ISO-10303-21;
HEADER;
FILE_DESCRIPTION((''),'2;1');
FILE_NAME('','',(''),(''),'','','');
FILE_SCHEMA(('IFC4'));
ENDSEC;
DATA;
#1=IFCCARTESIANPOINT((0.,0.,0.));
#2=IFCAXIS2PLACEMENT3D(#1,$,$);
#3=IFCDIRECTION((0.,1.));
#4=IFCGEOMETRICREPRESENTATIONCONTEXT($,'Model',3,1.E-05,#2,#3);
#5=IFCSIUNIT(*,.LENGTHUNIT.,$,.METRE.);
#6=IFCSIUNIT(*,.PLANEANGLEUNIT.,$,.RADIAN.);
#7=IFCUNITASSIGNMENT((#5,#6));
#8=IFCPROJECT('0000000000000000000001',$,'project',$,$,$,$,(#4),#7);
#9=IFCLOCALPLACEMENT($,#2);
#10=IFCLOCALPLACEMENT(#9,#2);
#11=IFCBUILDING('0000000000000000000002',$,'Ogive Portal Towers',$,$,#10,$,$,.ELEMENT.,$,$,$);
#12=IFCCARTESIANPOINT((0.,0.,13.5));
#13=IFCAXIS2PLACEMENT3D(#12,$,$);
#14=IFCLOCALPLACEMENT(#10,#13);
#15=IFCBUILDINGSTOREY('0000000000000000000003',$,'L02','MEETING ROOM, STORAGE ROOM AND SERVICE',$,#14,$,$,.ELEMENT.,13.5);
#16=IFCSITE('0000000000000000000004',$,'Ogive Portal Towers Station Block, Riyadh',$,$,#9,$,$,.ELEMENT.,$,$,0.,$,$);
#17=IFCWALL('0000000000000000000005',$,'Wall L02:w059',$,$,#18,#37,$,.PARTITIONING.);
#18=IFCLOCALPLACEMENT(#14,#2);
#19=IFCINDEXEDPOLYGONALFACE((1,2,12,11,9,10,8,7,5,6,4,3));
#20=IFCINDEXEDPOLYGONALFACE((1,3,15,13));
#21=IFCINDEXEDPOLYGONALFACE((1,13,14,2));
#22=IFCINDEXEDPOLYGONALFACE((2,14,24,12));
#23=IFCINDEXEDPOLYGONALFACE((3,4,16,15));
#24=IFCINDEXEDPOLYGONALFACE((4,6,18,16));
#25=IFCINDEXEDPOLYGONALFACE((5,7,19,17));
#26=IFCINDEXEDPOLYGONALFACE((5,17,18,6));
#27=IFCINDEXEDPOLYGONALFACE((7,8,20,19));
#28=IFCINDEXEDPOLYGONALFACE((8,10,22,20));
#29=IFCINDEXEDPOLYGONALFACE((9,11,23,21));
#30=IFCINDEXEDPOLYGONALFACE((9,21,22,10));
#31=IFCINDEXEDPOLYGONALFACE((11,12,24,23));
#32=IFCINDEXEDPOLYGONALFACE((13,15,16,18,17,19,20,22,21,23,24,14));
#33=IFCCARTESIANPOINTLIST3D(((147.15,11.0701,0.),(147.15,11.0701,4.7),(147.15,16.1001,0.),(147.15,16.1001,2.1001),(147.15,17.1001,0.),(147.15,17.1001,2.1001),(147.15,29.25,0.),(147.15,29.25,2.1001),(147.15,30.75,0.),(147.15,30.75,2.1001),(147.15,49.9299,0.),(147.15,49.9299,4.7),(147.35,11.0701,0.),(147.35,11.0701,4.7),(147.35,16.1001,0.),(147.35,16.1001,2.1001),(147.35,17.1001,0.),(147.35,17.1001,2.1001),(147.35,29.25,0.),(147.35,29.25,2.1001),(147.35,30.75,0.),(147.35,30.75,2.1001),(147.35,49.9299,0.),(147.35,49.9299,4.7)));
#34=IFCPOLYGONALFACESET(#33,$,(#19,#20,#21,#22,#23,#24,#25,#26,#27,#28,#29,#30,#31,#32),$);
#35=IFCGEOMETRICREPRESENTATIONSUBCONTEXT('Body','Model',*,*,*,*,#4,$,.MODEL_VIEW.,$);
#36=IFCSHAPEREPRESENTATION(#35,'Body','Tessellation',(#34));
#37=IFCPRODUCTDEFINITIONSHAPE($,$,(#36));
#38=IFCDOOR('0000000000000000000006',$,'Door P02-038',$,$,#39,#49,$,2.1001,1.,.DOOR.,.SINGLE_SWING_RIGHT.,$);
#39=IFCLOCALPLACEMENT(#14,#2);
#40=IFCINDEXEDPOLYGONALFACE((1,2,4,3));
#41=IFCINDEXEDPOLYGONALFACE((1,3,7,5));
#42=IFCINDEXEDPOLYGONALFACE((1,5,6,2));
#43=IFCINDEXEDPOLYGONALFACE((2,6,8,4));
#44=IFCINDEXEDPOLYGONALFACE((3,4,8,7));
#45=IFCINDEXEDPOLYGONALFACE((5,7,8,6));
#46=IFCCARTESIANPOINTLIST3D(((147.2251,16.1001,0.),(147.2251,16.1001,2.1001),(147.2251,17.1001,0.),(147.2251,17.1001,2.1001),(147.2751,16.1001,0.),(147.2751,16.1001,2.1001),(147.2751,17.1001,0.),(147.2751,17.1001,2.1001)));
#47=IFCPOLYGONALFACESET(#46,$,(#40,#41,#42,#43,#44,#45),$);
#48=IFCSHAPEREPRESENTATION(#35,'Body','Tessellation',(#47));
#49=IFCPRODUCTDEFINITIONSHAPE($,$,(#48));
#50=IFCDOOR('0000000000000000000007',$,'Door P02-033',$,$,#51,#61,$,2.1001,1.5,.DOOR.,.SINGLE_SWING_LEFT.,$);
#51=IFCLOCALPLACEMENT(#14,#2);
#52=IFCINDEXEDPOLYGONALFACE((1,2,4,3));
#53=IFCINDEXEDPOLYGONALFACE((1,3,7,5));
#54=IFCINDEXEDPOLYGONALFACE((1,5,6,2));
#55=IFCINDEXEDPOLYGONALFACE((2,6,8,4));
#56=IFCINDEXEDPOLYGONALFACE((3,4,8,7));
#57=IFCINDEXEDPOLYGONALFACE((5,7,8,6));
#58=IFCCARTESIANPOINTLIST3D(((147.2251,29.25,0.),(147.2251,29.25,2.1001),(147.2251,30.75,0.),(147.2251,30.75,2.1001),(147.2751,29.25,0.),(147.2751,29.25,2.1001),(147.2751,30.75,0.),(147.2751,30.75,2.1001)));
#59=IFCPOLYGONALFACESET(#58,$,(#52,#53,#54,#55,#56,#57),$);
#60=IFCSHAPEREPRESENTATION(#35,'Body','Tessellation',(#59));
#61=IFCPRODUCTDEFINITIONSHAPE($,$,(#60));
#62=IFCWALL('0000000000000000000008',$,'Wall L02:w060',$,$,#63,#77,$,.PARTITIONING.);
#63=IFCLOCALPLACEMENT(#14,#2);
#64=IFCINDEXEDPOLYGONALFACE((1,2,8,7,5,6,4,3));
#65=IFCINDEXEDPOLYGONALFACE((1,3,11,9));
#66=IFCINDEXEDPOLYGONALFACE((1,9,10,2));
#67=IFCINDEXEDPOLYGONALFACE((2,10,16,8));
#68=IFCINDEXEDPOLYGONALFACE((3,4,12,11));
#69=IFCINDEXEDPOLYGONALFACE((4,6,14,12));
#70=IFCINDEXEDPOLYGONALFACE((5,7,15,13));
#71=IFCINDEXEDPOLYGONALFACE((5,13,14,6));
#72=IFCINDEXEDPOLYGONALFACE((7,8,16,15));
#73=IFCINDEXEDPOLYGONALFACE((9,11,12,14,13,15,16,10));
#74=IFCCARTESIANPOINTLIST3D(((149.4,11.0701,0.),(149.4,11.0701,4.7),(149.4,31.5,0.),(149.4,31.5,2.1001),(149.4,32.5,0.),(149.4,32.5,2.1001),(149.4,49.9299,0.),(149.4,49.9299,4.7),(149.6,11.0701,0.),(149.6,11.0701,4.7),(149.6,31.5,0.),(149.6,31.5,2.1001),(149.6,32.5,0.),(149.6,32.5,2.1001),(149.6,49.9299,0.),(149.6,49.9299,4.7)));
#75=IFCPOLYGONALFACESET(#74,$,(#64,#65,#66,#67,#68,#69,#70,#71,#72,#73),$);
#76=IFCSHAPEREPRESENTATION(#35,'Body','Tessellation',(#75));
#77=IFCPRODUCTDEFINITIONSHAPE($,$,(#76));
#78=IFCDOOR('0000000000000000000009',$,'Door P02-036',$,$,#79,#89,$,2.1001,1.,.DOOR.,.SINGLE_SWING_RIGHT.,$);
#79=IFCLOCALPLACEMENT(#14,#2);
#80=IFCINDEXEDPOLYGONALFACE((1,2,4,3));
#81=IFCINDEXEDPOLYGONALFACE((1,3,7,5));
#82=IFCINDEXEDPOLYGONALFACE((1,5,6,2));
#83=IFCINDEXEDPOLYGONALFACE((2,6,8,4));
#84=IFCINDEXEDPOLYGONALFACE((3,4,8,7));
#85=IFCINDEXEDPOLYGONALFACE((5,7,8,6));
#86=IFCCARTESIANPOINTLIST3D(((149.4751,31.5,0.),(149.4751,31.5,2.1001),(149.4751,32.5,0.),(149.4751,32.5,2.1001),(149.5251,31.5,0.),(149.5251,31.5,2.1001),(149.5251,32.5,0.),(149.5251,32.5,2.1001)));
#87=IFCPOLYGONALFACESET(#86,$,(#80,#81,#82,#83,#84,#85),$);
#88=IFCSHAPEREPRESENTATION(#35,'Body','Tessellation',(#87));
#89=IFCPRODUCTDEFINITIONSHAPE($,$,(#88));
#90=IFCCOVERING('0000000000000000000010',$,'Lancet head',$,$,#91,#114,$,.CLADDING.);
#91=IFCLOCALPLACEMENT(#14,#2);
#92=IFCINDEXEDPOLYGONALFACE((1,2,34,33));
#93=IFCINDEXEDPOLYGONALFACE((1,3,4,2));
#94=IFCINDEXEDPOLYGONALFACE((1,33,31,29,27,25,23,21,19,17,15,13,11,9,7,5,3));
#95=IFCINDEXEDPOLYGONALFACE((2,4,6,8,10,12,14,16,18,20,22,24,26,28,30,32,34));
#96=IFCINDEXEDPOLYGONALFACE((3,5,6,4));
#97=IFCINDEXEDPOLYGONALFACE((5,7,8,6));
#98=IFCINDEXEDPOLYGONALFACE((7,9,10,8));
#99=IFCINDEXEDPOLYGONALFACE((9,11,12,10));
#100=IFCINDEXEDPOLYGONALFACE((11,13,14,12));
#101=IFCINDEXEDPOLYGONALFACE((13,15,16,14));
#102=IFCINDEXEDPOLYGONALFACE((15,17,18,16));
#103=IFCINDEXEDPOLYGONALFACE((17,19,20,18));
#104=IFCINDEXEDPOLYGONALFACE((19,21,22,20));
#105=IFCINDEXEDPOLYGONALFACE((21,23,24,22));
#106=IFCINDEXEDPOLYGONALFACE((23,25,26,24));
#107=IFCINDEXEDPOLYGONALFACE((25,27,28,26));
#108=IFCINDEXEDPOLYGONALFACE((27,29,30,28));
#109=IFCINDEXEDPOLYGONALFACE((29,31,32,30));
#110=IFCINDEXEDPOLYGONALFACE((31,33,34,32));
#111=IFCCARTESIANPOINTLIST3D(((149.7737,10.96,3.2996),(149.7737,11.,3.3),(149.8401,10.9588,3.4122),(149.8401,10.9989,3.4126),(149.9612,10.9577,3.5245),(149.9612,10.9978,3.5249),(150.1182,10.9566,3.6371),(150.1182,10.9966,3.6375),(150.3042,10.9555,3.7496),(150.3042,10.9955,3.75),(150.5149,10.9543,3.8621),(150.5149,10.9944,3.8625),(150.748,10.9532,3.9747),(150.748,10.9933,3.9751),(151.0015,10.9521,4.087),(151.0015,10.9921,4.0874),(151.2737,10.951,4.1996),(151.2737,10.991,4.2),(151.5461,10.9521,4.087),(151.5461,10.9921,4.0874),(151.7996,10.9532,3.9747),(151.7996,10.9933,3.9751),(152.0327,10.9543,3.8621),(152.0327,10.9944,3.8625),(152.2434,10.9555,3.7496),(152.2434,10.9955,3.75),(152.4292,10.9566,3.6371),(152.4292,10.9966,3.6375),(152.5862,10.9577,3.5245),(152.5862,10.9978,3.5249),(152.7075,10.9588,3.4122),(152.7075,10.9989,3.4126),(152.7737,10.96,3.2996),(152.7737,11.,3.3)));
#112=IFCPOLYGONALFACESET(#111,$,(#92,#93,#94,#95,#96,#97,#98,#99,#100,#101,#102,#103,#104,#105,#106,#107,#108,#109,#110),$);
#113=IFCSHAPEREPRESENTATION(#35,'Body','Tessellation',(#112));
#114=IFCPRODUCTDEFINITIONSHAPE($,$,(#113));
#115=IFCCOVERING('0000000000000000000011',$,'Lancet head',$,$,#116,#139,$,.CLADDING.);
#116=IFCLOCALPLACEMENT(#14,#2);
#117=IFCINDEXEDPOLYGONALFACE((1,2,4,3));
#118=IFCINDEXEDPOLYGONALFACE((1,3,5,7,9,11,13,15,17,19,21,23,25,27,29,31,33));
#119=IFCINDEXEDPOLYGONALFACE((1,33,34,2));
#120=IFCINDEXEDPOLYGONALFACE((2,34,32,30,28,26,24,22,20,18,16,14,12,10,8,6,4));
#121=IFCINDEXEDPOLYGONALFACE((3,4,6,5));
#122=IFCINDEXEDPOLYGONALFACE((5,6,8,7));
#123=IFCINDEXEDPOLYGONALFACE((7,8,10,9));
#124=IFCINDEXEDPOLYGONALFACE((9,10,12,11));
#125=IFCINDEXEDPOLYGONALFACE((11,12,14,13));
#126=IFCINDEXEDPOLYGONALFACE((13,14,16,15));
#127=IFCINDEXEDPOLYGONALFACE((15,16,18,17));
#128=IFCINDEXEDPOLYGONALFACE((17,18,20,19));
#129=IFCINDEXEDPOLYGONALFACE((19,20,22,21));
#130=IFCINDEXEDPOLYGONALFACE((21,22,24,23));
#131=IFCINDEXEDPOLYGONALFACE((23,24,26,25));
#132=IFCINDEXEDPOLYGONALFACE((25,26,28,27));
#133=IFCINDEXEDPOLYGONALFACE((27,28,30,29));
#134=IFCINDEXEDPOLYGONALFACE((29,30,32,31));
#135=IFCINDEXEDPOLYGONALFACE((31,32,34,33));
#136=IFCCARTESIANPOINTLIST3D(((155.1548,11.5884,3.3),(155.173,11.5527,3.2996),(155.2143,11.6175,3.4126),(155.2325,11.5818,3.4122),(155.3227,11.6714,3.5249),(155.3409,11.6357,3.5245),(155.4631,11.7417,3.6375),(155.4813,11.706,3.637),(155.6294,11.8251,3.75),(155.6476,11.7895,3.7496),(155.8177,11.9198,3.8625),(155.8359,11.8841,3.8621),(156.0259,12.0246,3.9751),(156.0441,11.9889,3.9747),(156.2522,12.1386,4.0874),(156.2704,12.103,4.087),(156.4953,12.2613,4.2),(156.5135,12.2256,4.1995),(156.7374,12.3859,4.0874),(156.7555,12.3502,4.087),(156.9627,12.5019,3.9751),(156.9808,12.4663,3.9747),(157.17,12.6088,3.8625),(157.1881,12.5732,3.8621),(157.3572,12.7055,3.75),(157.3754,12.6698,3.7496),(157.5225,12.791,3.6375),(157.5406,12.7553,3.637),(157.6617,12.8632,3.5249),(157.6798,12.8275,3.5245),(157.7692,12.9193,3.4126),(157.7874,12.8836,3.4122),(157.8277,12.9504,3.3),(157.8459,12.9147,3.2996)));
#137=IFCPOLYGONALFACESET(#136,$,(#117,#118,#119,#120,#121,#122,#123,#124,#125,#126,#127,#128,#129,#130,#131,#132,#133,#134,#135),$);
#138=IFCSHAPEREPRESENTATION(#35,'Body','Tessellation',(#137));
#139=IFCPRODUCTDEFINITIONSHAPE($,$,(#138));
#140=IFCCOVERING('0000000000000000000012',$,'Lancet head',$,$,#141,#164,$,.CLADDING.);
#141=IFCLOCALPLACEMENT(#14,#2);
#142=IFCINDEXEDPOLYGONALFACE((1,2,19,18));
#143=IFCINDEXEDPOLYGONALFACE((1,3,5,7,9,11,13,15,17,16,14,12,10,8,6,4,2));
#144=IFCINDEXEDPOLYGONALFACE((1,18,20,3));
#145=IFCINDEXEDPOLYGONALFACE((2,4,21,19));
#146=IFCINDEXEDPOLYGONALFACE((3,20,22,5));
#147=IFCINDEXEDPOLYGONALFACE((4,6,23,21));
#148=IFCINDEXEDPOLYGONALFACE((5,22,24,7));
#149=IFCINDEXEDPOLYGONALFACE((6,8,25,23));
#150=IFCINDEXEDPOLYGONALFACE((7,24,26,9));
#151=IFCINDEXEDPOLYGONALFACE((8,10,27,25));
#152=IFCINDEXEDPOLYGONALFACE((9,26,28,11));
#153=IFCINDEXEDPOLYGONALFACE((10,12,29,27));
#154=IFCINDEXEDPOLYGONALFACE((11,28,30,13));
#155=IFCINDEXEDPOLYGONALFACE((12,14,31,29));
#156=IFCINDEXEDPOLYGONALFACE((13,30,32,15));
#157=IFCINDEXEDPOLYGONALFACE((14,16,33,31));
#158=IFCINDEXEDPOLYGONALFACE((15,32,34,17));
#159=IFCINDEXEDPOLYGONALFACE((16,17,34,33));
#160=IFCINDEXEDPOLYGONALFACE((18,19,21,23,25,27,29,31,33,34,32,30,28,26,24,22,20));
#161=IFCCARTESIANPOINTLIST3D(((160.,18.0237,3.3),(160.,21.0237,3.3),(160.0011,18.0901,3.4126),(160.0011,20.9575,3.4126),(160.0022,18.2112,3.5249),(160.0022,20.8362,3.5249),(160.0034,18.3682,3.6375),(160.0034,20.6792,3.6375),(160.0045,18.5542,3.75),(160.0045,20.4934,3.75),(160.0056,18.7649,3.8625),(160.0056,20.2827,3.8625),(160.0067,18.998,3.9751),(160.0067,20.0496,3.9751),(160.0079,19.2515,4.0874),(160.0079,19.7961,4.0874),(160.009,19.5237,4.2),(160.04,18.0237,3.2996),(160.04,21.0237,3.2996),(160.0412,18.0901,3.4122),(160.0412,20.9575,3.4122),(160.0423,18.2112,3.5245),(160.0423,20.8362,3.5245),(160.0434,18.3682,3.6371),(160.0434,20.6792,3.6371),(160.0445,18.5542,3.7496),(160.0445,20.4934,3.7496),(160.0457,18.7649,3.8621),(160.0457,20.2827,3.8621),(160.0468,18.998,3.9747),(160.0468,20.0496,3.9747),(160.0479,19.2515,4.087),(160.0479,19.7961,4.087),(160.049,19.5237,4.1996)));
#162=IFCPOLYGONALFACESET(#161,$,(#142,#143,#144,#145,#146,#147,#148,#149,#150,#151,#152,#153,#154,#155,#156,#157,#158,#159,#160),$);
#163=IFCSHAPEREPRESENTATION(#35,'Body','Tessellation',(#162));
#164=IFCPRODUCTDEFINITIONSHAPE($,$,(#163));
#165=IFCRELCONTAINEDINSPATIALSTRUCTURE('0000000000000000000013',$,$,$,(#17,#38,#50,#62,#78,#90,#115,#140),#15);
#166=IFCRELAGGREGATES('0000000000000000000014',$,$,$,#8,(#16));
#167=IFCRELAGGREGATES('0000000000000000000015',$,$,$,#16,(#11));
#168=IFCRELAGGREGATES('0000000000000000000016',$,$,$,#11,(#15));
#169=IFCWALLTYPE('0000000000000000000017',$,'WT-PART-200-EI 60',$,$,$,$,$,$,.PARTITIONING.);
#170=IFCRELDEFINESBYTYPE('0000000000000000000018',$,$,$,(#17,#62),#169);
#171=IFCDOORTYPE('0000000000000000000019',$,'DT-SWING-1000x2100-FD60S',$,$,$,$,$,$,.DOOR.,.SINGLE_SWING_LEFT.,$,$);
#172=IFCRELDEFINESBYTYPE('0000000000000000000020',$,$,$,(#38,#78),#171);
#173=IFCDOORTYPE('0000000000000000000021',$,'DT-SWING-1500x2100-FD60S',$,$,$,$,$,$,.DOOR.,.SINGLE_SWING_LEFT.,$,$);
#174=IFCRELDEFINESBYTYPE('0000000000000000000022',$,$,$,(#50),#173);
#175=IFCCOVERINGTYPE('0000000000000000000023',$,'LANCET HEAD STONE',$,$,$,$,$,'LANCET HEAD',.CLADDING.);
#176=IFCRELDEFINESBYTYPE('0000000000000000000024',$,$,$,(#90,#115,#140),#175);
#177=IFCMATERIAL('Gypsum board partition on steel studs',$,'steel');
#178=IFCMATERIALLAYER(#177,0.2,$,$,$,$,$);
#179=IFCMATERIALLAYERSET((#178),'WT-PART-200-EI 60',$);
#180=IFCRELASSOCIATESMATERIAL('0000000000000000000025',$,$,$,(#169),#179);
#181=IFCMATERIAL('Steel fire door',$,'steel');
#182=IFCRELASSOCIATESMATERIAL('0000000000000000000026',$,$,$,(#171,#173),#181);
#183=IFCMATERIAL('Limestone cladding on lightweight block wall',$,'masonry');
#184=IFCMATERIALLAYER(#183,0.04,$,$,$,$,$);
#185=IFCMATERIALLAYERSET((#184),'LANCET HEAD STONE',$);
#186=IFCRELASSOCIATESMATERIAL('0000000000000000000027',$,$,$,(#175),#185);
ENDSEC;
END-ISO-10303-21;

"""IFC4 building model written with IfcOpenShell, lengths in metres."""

from ifc_helpers import new_model, si_unit, direction, frame, frame_2d, origin, place, context, subcontext, project, spatial, polyline, rectangle, outline, extrude, material, layer, layer_set, type_object, element, fill, save


model = new_model("IFC4")

# Units and contexts
model_context = context("Model", 3, precision=1e-05, world=origin(), true_north=direction((0.0, 1.0)))
body_context = subcontext(model_context, "Body", "Model", "MODEL_VIEW")
ifc_project = project(units=[si_unit("LENGTHUNIT", "METRE"), si_unit("PLANEANGLEUNIT", "RADIAN")], contexts=[model_context])

# Site, building, storey
site_placement = place(None, origin())
site = spatial("IfcSite", under=ifc_project, at=site_placement, Name="Ogive Portal Towers Station Block, Riyadh", CompositionType="ELEMENT", RefElevation=0.0)
building_placement = place(site_placement, origin())
building = spatial("IfcBuilding", under=site, at=building_placement, Name="Ogive Portal Towers", CompositionType="ELEMENT")
storey_placement = place(building_placement, frame((0.0, 0.0, 13.5)))
storey = spatial("IfcBuildingStorey", under=building, at=storey_placement, Name="L02", Description="MEETING ROOM, STORAGE ROOM AND SERVICE", CompositionType="ELEMENT", Elevation=13.5)

# Shared definitions
ifc_material_1 = material(Name="Limestone cladding on lightweight block wall", Category="masonry")

# Wall, openings, doors
ifc_material_2 = material(Name="Gypsum board partition on steel studs", Category="steel")
ifc_layer_1 = layer(ifc_material_2, 0.2)
ifc_layer_set_1 = layer_set([ifc_layer_1], Name="WT-PART-200-EI 60")
wall_type_1 = type_object("IfcWallType", Name="WT-PART-200-EI 60", PredefinedType="PARTITIONING", material=ifc_layer_set_1)
wall_1_placement = place(storey_placement, frame((147.25, 11.0701, 0.0), z_axis=(0.0, 0.0, 1.0), x_axis=(0.0, 1.0, 0.0)))
wall_1 = element("IfcWall", 1, at=wall_1_placement, inside=storey, type_object=wall_type_1, Name="Wall L02:w059", PredefinedType="PARTITIONING", context=body_context, shape_type="SweptSolid", body=[
    extrude(rectangle(XDim=38.8599, YDim=0.2, at=frame_2d((19.4299, 0.0))), origin(), (0.0, 0.0, 1.0), 4.7),
])
opening_1_placement = place(wall_1_placement, frame((18.1799, 0.0, 0.0)))
opening_1 = element("IfcOpeningElement", 2, at=opening_1_placement, cuts=wall_1, PredefinedType="OPENING", context=body_context, shape_type="SweptSolid", body=[
    extrude(rectangle(XDim=1.5, YDim=2.1001, at=frame_2d((0.75, 1.05))), frame((0.0, 0.1099, 0.0), z_axis=(0.0, -1.0, 0.0), x_axis=(1.0, 0.0, 0.0)), (0.0, 0.0, 1.0), 0.22),
])
opening_2_placement = place(wall_1_placement, frame((5.03, 0.0, 0.0)))
opening_2 = element("IfcOpeningElement", 3, at=opening_2_placement, cuts=wall_1, PredefinedType="OPENING", context=body_context, shape_type="SweptSolid", body=[
    extrude(rectangle(XDim=1.0, YDim=2.1001, at=frame_2d((0.5, 1.05))), frame((0.0, 0.1099, 0.0), z_axis=(0.0, -1.0, 0.0), x_axis=(1.0, 0.0, 0.0)), (0.0, 0.0, 1.0), 0.22),
])
ifc_material_3 = material(Name="Steel fire door", Category="steel")
door_type_1 = type_object("IfcDoorType", Name="DT-SWING-1000x2100-FD60S", OperationType="SINGLE_SWING_LEFT", PredefinedType="DOOR", material=ifc_material_3)
door_1_placement = place(opening_2_placement, origin())
door_1 = element("IfcDoor", 4, at=door_1_placement, inside=storey, type_object=door_type_1, Name="Door P02-038", OperationType="SINGLE_SWING_RIGHT", OverallHeight=2.1001, OverallWidth=1.0, PredefinedType="DOOR", context=body_context, shape_type="SweptSolid", body=[
    extrude(rectangle(XDim=1.0, YDim=2.1001, at=frame_2d((0.5, 1.05))), frame((0.0, 0.0249, 0.0), z_axis=(0.0, -1.0, 0.0), x_axis=(1.0, 0.0, 0.0)), (0.0, 0.0, 1.0), 0.05),
])
fill(opening_2, door_1)
door_type_2 = type_object("IfcDoorType", Name="DT-SWING-1500x2100-FD60S", OperationType="SINGLE_SWING_LEFT", PredefinedType="DOOR", material=ifc_material_3)
door_2_placement = place(opening_1_placement, origin())
door_2 = element("IfcDoor", 5, at=door_2_placement, inside=storey, type_object=door_type_2, Name="Door P02-033", OperationType="SINGLE_SWING_LEFT", OverallHeight=2.1001, OverallWidth=1.5, PredefinedType="DOOR", context=body_context, shape_type="SweptSolid", body=[
    extrude(rectangle(XDim=1.5, YDim=2.1001, at=frame_2d((0.75, 1.05))), frame((0.0, 0.0249, 0.0), z_axis=(0.0, -1.0, 0.0), x_axis=(1.0, 0.0, 0.0)), (0.0, 0.0, 1.0), 0.05),
])
fill(opening_1, door_2)

# Wall, opening, door
wall_2_placement = place(storey_placement, frame((149.5, 11.0701, 0.0), z_axis=(0.0, 0.0, 1.0), x_axis=(0.0, 1.0, 0.0)))
wall_2 = element("IfcWall", 6, at=wall_2_placement, inside=storey, type_object=wall_type_1, Name="Wall L02:w060", PredefinedType="PARTITIONING", context=body_context, shape_type="SweptSolid", body=[
    extrude(rectangle(XDim=38.8599, YDim=0.2, at=frame_2d((19.4299, 0.0))), origin(), (0.0, 0.0, 1.0), 4.7),
])
opening_3_placement = place(wall_2_placement, frame((20.4299, 0.0, 0.0)))
opening_3 = element("IfcOpeningElement", 7, at=opening_3_placement, cuts=wall_2, PredefinedType="OPENING", context=body_context, shape_type="SweptSolid", body=[
    extrude(rectangle(XDim=1.0, YDim=2.1001, at=frame_2d((0.5, 1.05))), frame((0.0, 0.1099, 0.0), z_axis=(0.0, -1.0, 0.0), x_axis=(1.0, 0.0, 0.0)), (0.0, 0.0, 1.0), 0.22),
])
door_3_placement = place(opening_3_placement, origin())
door_3 = element("IfcDoor", 8, at=door_3_placement, inside=storey, type_object=door_type_1, Name="Door P02-036", OperationType="SINGLE_SWING_RIGHT", OverallHeight=2.1001, OverallWidth=1.0, PredefinedType="DOOR", context=body_context, shape_type="SweptSolid", body=[
    extrude(rectangle(XDim=1.0, YDim=2.1001, at=frame_2d((0.5, 1.05))), frame((0.0, 0.0249, 0.0), z_axis=(0.0, -1.0, 0.0), x_axis=(1.0, 0.0, 0.0)), (0.0, 0.0, 1.0), 0.05),
])
fill(opening_3, door_3)

# Coverings
ifc_layer_2 = layer(ifc_material_1, 0.04)
ifc_layer_set_2 = layer_set([ifc_layer_2], Name="LANCET HEAD STONE")
covering_type_1 = type_object("IfcCoveringType", Name="LANCET HEAD STONE", ElementType="LANCET HEAD", PredefinedType="CLADDING", material=ifc_layer_set_2)
covering_1_placement = place(storey_placement, frame((149.7737, 11.0, 3.3), z_axis=(0.0, 0.99995, 0.009994), x_axis=(1.0, 0.0, 0.0)))
element("IfcCovering", 9, at=covering_1_placement, inside=storey, type_object=covering_type_1, Name="Lancet head", PredefinedType="CLADDING", context=body_context, shape_type="SweptSolid", body=[
    extrude(outline(polyline([(0.0, 0.0), (3.0, 0.0), (2.9338, -0.1126), (2.8125, -0.2249), (2.6555, -0.3374), (2.4697, -0.45), (2.259, -0.5625), (2.0259, -0.6751), (1.7725, -0.7874), (1.5, -0.8999), (1.2278, -0.7874), (0.9744, -0.6751), (0.7412, -0.5625), (0.5305, -0.45), (0.3445, -0.3374), (0.1875, -0.2249), (0.0664, -0.1126), (0.0, 0.0)])), origin(), (0.0, 0.0, -1.0), 0.04),
])
covering_2_placement = place(storey_placement, frame((155.1548, 11.5884, 3.3), z_axis=(-0.453987, 0.890951, 0.010108), x_axis=(0.890997, 0.45401, 0.0)))
element("IfcCovering", 10, at=covering_2_placement, inside=storey, type_object=covering_type_1, Name="Lancet head", PredefinedType="CLADDING", context=body_context, shape_type="SweptSolid", body=[
    extrude(outline(polyline([(0.0, 0.0), (2.9999, 0.0), (2.9337, -0.1126), (2.8124, -0.2249), (2.6556, -0.3374), (2.4695, -0.45), (2.2588, -0.5625), (2.0256, -0.6751), (1.7721, -0.7874), (1.4999, -0.8999), (1.2276, -0.7874), (0.9742, -0.6751), (0.7411, -0.5625), (0.5304, -0.45), (0.3443, -0.3374), (0.1873, -0.2249), (0.0663, -0.1126), (0.0, 0.0)])), origin(), (0.0, 0.0, -1.0), 0.04),
])
covering_3_placement = place(storey_placement, frame((160.0, 18.0237, 3.3), z_axis=(-0.99995, 0.0, 0.009994), x_axis=(0.0, 1.0, 0.0)))
element("IfcCovering", 11, at=covering_3_placement, inside=storey, type_object=covering_type_1, Name="Lancet head", PredefinedType="CLADDING", context=body_context, shape_type="SweptSolid", body=[
    extrude(outline(polyline([(0.0, 0.0), (3.0, 0.0), (2.9338, -0.1126), (2.8125, -0.2249), (2.6555, -0.3374), (2.4697, -0.45), (2.259, -0.5625), (2.0259, -0.6751), (1.7725, -0.7874), (1.5, -0.8999), (1.2278, -0.7874), (0.9744, -0.6751), (0.7412, -0.5625), (0.5305, -0.45), (0.3445, -0.3374), (0.1875, -0.2249), (0.0664, -0.1126), (0.0, 0.0)])), origin(), (0.0, 0.0, -1.0), 0.04),
])

save(model, "model.ifc")
